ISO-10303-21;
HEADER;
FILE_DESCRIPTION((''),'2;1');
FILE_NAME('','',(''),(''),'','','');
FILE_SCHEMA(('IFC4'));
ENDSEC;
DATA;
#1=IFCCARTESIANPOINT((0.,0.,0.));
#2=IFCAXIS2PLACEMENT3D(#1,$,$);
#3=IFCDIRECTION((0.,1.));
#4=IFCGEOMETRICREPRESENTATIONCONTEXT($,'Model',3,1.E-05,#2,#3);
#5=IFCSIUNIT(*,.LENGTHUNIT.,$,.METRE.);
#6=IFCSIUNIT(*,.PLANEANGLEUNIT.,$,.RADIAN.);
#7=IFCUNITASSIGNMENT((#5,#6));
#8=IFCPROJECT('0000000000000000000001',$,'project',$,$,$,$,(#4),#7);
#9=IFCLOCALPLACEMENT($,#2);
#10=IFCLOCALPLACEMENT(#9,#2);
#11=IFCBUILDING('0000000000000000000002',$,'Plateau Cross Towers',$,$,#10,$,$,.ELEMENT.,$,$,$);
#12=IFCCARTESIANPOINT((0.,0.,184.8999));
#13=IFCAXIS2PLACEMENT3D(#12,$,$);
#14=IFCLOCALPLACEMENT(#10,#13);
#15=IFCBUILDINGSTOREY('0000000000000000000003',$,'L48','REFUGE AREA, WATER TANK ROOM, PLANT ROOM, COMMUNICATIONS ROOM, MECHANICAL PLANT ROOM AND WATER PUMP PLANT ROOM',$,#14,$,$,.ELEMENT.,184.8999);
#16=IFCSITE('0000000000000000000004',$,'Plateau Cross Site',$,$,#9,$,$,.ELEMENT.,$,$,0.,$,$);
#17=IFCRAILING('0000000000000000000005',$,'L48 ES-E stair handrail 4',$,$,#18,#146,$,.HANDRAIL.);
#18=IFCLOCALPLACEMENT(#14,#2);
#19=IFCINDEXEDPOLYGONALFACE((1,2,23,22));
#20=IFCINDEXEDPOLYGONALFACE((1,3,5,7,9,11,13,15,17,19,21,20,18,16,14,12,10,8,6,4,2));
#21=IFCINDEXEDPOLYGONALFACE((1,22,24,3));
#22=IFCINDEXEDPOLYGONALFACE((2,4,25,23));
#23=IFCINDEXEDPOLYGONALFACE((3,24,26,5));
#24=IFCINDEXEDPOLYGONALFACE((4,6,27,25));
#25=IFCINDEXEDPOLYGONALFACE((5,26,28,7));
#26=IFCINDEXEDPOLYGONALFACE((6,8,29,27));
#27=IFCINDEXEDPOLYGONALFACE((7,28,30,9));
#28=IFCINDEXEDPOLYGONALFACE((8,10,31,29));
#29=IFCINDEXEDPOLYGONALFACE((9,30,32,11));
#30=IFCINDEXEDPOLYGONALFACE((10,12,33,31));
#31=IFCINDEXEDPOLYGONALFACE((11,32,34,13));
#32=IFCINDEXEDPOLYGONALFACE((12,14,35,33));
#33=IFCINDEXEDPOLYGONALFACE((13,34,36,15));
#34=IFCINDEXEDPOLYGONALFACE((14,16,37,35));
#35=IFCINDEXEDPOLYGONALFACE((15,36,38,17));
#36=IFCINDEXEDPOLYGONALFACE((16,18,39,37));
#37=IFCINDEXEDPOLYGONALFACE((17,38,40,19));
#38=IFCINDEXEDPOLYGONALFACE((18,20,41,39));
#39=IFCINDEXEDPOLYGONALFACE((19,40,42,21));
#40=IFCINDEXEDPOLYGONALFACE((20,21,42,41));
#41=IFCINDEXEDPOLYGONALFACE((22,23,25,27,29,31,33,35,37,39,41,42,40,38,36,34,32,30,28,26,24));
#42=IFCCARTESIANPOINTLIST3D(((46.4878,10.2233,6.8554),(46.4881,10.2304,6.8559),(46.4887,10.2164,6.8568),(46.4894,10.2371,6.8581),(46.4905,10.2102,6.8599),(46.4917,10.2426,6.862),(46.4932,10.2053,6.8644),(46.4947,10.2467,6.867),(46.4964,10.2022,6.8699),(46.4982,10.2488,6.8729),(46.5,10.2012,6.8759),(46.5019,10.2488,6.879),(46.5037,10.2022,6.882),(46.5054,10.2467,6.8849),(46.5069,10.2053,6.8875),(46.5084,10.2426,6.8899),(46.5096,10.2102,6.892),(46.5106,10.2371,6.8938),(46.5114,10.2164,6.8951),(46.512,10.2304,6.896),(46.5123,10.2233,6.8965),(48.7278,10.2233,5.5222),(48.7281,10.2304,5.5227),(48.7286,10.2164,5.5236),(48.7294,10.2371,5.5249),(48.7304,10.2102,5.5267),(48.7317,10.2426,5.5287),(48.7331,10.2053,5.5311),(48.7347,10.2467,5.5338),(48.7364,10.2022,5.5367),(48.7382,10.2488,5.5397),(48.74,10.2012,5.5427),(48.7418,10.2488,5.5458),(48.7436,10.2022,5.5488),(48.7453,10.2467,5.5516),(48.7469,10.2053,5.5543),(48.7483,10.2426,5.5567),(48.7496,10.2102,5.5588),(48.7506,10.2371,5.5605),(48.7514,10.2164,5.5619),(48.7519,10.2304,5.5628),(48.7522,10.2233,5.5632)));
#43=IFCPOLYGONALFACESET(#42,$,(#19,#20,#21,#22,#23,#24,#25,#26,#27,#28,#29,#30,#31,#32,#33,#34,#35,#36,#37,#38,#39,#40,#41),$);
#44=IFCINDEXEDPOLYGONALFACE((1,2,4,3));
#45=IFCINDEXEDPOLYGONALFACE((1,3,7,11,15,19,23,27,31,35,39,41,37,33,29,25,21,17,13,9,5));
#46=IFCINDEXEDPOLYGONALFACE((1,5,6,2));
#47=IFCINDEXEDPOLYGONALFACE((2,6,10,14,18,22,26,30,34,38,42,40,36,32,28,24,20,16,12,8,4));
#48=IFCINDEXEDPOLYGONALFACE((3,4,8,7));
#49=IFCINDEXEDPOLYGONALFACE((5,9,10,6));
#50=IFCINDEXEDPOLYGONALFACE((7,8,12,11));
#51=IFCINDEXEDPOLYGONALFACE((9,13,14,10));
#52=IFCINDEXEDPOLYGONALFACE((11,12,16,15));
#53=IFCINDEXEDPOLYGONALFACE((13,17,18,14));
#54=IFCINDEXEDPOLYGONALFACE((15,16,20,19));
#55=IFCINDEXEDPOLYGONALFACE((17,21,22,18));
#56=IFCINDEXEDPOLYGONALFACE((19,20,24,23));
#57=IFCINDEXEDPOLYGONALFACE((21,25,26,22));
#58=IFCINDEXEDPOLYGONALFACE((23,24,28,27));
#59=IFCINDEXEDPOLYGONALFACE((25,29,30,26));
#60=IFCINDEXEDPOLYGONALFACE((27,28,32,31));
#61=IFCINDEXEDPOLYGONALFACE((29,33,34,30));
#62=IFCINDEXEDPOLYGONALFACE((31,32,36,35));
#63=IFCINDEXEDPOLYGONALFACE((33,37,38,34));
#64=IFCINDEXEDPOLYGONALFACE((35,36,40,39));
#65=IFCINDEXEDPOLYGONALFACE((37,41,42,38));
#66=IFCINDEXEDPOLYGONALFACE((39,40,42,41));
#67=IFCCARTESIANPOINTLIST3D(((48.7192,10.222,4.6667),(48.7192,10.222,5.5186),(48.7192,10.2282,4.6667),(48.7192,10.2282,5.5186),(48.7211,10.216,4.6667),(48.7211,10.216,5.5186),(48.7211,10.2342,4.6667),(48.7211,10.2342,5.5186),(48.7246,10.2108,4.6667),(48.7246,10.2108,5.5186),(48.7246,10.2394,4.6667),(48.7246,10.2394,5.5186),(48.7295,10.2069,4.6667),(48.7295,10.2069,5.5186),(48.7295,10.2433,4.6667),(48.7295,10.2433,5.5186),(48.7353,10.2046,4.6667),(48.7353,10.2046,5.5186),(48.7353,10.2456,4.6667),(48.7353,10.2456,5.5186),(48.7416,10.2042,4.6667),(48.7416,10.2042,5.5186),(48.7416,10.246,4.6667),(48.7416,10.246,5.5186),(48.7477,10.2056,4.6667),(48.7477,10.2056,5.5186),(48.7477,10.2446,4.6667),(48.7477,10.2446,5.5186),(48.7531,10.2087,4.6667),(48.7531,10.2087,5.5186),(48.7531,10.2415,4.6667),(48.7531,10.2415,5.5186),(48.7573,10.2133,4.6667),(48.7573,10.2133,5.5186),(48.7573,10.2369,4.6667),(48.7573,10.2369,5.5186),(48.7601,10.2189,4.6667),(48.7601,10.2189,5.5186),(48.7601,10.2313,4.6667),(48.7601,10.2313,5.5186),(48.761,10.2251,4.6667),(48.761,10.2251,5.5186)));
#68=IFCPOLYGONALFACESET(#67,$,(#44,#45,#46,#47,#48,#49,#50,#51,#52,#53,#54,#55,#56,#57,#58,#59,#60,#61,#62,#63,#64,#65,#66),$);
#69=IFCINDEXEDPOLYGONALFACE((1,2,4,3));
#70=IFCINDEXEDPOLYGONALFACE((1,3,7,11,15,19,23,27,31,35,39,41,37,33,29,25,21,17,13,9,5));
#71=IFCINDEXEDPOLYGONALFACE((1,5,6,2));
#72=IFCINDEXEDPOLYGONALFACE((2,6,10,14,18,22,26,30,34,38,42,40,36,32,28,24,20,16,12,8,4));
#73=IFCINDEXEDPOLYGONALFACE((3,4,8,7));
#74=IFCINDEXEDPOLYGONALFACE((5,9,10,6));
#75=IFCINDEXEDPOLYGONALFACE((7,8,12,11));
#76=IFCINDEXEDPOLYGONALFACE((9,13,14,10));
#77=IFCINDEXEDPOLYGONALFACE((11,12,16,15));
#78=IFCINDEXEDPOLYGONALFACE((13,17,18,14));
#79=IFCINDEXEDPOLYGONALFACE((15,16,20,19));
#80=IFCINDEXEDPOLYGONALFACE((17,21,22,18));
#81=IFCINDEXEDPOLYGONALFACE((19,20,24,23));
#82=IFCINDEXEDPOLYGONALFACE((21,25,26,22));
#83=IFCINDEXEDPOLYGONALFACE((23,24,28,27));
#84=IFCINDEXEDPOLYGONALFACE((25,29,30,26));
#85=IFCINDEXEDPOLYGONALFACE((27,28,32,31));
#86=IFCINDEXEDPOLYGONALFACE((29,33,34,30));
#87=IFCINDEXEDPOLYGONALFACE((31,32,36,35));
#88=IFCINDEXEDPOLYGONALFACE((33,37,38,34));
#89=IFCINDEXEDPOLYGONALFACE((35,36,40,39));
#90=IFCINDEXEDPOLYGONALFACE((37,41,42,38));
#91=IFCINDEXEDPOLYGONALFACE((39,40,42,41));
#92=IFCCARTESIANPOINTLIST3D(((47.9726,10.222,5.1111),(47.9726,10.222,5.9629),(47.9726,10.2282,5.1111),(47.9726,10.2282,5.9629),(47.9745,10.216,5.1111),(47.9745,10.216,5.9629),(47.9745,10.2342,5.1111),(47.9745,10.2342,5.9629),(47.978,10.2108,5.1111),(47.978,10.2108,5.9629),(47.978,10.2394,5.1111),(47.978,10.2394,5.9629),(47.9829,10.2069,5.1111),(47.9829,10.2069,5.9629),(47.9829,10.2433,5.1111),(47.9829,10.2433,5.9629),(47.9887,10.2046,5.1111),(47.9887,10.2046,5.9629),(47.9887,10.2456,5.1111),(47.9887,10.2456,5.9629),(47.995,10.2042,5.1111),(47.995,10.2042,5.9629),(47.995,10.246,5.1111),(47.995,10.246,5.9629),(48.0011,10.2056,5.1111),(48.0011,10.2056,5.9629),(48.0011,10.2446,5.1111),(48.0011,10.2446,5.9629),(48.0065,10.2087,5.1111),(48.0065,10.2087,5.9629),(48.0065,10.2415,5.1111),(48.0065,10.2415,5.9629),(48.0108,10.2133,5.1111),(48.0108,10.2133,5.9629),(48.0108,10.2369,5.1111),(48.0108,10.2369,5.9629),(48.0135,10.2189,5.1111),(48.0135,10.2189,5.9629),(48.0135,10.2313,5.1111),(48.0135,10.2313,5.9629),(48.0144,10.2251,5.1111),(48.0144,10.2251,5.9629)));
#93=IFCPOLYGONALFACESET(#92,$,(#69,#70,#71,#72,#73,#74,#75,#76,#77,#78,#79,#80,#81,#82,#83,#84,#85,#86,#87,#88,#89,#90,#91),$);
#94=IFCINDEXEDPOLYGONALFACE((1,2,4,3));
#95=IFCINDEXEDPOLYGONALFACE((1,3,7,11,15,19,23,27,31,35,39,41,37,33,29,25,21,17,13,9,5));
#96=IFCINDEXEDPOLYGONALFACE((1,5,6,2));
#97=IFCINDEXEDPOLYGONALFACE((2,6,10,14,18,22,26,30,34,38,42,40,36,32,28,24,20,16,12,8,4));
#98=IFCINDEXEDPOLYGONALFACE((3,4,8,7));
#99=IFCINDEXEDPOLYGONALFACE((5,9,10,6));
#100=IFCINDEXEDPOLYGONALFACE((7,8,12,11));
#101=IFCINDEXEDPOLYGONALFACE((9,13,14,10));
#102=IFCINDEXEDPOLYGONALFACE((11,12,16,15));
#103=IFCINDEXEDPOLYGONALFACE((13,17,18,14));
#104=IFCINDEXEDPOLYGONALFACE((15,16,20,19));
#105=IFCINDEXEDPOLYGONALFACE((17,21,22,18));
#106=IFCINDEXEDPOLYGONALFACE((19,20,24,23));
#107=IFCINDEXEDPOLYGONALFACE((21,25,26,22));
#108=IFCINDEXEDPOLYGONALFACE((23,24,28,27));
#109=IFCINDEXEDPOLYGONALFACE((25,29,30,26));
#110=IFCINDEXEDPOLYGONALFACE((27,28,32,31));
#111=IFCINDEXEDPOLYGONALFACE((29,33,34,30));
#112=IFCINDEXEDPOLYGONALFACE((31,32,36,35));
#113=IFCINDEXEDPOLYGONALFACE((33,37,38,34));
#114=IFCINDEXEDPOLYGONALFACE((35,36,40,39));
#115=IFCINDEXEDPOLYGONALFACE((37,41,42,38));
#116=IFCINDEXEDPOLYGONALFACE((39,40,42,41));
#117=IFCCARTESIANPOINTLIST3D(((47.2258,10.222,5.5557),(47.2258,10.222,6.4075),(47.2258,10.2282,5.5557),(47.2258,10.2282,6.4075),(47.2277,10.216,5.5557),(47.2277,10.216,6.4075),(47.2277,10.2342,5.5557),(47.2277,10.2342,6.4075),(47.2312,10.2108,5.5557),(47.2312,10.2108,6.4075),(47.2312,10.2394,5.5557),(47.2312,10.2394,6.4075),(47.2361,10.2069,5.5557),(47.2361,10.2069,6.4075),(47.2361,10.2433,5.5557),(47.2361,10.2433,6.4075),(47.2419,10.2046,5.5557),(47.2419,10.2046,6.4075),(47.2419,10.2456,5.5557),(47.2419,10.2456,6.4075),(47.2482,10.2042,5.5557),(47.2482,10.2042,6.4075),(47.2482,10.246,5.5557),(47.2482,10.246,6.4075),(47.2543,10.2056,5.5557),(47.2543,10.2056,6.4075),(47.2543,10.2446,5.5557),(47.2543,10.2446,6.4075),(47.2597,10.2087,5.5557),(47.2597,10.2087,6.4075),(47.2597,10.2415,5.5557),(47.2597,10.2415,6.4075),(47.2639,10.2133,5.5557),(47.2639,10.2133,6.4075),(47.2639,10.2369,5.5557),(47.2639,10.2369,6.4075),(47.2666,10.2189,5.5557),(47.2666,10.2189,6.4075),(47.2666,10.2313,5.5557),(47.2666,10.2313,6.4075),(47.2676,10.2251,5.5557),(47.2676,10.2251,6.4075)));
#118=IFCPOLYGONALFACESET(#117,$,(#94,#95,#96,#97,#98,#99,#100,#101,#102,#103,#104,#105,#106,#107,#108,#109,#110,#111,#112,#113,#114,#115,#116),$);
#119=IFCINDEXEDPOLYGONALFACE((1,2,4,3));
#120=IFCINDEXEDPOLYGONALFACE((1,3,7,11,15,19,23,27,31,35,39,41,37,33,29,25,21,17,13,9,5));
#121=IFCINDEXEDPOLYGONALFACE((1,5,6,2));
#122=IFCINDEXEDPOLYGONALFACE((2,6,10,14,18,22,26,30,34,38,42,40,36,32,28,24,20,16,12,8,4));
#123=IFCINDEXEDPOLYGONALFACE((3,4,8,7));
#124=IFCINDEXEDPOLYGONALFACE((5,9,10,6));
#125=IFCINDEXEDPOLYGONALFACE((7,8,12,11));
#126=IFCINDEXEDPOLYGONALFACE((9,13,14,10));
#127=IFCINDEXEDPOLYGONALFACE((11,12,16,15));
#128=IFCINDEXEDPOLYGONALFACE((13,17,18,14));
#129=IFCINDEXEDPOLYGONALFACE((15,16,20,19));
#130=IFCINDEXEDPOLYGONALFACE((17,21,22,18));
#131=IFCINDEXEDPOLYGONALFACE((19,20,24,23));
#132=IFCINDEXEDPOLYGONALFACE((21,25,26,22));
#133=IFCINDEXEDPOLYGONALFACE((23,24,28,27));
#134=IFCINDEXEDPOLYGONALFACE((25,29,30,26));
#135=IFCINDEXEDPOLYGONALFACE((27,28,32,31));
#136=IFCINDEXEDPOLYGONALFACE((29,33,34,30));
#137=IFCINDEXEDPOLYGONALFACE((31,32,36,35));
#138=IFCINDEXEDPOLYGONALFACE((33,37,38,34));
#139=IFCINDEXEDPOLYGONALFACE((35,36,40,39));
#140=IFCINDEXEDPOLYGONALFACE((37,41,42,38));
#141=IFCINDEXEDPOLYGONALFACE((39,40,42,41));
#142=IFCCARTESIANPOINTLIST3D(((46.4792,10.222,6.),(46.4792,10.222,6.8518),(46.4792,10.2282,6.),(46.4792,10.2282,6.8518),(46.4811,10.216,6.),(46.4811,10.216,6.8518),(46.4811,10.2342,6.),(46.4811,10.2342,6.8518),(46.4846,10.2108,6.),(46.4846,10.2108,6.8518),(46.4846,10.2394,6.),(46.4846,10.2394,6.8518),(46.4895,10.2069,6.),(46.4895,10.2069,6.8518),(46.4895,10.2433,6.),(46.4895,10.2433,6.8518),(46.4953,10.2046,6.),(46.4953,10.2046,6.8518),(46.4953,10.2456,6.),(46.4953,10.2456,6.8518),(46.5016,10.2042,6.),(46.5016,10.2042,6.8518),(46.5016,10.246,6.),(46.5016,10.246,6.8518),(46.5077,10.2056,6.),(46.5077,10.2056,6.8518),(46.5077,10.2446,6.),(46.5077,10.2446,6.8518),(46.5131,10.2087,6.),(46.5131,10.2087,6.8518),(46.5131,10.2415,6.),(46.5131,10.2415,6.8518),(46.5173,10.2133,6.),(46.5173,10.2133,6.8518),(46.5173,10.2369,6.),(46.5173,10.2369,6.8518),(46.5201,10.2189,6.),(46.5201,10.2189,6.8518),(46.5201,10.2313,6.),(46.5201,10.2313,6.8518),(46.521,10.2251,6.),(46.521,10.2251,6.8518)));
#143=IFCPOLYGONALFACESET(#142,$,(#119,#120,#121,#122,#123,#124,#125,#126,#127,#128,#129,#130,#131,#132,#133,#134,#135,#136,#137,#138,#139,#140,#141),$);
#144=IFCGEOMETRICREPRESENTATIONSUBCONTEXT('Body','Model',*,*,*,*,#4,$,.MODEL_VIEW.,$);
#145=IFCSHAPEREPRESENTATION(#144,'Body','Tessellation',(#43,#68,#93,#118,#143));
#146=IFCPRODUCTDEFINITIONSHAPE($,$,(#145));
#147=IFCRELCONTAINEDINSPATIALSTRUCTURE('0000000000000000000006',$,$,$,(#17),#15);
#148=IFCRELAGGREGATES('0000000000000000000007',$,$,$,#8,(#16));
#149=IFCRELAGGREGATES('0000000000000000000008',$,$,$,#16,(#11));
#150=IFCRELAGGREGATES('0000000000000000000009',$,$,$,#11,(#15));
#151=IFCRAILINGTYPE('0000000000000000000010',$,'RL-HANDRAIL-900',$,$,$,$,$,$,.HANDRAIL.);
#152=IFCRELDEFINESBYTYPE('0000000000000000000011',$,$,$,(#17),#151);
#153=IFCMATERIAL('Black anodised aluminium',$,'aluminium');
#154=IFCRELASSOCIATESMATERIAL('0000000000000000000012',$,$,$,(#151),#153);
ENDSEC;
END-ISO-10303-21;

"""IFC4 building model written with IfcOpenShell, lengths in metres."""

from ifc_helpers import new_model, si_unit, direction, frame, origin, origin_2d, place, context, subcontext, project, spatial, circle, extrude, material, type_object, element, save


model = new_model("IFC4")

# Units and contexts
model_context = context("Model", 3, precision=1e-05, world=origin(), true_north=direction((0.0, 1.0)))
body_context = subcontext(model_context, "Body", "Model", "MODEL_VIEW")
ifc_project = project(units=[si_unit("LENGTHUNIT", "METRE"), si_unit("PLANEANGLEUNIT", "RADIAN")], contexts=[model_context])

# Site, building, storey
site_placement = place(None, origin())
site = spatial("IfcSite", under=ifc_project, at=site_placement, Name="Plateau Cross Site", CompositionType="ELEMENT", RefElevation=0.0)
building_placement = place(site_placement, origin())
building = spatial("IfcBuilding", under=site, at=building_placement, Name="Plateau Cross Towers", CompositionType="ELEMENT")
storey_placement = place(building_placement, frame((0.0, 0.0, 184.8999)))
storey = spatial("IfcBuildingStorey", under=building, at=storey_placement, Name="L48", Description="REFUGE AREA, WATER TANK ROOM, PLANT ROOM, COMMUNICATIONS ROOM, MECHANICAL PLANT ROOM AND WATER PUMP PLANT ROOM", CompositionType="ELEMENT", Elevation=184.8999)

# Shared definitions
ifc_material_1 = material(Name="Black anodised aluminium", Category="aluminium")

# Railing
railing_type_1 = type_object("IfcRailingType", Name="RL-HANDRAIL-900", PredefinedType="HANDRAIL", material=ifc_material_1)
for number, where, name in (
    (1, (48.74, 10.2251, 4.6667), "L48 ES-E stair handrail 4"),
):
    element("IfcRailing", number, at=place(storey_placement, frame(where)), inside=storey, type_object=railing_type_1, Name=name, PredefinedType="HANDRAIL", context=body_context, shape_type="SweptSolid", body=[
        extrude(circle(Radius=0.0239, at=origin_2d()), frame((0.0, 0.0, 0.876), z_axis=(-0.859306, 0.0, 0.511462), x_axis=(0.0, -1.0, 0.0)), (0.0, 0.0, 1.0), 2.6067),
        extrude(circle(Radius=0.021, at=origin_2d()), origin(), (0.0, 0.0, 1.0), 0.8518),
        extrude(circle(Radius=0.021, at=origin_2d()), frame((-0.7466, 0.0, 0.4443)), (0.0, 0.0, 1.0), 0.8518),
        extrude(circle(Radius=0.021, at=origin_2d()), frame((-1.4934, 0.0, 0.8889)), (0.0, 0.0, 1.0), 0.8518),
        extrude(circle(Radius=0.021, at=origin_2d()), frame((-2.24, 0.0, 1.3333)), (0.0, 0.0, 1.0), 0.8518),
    ])

save(model, "model.ifc")
